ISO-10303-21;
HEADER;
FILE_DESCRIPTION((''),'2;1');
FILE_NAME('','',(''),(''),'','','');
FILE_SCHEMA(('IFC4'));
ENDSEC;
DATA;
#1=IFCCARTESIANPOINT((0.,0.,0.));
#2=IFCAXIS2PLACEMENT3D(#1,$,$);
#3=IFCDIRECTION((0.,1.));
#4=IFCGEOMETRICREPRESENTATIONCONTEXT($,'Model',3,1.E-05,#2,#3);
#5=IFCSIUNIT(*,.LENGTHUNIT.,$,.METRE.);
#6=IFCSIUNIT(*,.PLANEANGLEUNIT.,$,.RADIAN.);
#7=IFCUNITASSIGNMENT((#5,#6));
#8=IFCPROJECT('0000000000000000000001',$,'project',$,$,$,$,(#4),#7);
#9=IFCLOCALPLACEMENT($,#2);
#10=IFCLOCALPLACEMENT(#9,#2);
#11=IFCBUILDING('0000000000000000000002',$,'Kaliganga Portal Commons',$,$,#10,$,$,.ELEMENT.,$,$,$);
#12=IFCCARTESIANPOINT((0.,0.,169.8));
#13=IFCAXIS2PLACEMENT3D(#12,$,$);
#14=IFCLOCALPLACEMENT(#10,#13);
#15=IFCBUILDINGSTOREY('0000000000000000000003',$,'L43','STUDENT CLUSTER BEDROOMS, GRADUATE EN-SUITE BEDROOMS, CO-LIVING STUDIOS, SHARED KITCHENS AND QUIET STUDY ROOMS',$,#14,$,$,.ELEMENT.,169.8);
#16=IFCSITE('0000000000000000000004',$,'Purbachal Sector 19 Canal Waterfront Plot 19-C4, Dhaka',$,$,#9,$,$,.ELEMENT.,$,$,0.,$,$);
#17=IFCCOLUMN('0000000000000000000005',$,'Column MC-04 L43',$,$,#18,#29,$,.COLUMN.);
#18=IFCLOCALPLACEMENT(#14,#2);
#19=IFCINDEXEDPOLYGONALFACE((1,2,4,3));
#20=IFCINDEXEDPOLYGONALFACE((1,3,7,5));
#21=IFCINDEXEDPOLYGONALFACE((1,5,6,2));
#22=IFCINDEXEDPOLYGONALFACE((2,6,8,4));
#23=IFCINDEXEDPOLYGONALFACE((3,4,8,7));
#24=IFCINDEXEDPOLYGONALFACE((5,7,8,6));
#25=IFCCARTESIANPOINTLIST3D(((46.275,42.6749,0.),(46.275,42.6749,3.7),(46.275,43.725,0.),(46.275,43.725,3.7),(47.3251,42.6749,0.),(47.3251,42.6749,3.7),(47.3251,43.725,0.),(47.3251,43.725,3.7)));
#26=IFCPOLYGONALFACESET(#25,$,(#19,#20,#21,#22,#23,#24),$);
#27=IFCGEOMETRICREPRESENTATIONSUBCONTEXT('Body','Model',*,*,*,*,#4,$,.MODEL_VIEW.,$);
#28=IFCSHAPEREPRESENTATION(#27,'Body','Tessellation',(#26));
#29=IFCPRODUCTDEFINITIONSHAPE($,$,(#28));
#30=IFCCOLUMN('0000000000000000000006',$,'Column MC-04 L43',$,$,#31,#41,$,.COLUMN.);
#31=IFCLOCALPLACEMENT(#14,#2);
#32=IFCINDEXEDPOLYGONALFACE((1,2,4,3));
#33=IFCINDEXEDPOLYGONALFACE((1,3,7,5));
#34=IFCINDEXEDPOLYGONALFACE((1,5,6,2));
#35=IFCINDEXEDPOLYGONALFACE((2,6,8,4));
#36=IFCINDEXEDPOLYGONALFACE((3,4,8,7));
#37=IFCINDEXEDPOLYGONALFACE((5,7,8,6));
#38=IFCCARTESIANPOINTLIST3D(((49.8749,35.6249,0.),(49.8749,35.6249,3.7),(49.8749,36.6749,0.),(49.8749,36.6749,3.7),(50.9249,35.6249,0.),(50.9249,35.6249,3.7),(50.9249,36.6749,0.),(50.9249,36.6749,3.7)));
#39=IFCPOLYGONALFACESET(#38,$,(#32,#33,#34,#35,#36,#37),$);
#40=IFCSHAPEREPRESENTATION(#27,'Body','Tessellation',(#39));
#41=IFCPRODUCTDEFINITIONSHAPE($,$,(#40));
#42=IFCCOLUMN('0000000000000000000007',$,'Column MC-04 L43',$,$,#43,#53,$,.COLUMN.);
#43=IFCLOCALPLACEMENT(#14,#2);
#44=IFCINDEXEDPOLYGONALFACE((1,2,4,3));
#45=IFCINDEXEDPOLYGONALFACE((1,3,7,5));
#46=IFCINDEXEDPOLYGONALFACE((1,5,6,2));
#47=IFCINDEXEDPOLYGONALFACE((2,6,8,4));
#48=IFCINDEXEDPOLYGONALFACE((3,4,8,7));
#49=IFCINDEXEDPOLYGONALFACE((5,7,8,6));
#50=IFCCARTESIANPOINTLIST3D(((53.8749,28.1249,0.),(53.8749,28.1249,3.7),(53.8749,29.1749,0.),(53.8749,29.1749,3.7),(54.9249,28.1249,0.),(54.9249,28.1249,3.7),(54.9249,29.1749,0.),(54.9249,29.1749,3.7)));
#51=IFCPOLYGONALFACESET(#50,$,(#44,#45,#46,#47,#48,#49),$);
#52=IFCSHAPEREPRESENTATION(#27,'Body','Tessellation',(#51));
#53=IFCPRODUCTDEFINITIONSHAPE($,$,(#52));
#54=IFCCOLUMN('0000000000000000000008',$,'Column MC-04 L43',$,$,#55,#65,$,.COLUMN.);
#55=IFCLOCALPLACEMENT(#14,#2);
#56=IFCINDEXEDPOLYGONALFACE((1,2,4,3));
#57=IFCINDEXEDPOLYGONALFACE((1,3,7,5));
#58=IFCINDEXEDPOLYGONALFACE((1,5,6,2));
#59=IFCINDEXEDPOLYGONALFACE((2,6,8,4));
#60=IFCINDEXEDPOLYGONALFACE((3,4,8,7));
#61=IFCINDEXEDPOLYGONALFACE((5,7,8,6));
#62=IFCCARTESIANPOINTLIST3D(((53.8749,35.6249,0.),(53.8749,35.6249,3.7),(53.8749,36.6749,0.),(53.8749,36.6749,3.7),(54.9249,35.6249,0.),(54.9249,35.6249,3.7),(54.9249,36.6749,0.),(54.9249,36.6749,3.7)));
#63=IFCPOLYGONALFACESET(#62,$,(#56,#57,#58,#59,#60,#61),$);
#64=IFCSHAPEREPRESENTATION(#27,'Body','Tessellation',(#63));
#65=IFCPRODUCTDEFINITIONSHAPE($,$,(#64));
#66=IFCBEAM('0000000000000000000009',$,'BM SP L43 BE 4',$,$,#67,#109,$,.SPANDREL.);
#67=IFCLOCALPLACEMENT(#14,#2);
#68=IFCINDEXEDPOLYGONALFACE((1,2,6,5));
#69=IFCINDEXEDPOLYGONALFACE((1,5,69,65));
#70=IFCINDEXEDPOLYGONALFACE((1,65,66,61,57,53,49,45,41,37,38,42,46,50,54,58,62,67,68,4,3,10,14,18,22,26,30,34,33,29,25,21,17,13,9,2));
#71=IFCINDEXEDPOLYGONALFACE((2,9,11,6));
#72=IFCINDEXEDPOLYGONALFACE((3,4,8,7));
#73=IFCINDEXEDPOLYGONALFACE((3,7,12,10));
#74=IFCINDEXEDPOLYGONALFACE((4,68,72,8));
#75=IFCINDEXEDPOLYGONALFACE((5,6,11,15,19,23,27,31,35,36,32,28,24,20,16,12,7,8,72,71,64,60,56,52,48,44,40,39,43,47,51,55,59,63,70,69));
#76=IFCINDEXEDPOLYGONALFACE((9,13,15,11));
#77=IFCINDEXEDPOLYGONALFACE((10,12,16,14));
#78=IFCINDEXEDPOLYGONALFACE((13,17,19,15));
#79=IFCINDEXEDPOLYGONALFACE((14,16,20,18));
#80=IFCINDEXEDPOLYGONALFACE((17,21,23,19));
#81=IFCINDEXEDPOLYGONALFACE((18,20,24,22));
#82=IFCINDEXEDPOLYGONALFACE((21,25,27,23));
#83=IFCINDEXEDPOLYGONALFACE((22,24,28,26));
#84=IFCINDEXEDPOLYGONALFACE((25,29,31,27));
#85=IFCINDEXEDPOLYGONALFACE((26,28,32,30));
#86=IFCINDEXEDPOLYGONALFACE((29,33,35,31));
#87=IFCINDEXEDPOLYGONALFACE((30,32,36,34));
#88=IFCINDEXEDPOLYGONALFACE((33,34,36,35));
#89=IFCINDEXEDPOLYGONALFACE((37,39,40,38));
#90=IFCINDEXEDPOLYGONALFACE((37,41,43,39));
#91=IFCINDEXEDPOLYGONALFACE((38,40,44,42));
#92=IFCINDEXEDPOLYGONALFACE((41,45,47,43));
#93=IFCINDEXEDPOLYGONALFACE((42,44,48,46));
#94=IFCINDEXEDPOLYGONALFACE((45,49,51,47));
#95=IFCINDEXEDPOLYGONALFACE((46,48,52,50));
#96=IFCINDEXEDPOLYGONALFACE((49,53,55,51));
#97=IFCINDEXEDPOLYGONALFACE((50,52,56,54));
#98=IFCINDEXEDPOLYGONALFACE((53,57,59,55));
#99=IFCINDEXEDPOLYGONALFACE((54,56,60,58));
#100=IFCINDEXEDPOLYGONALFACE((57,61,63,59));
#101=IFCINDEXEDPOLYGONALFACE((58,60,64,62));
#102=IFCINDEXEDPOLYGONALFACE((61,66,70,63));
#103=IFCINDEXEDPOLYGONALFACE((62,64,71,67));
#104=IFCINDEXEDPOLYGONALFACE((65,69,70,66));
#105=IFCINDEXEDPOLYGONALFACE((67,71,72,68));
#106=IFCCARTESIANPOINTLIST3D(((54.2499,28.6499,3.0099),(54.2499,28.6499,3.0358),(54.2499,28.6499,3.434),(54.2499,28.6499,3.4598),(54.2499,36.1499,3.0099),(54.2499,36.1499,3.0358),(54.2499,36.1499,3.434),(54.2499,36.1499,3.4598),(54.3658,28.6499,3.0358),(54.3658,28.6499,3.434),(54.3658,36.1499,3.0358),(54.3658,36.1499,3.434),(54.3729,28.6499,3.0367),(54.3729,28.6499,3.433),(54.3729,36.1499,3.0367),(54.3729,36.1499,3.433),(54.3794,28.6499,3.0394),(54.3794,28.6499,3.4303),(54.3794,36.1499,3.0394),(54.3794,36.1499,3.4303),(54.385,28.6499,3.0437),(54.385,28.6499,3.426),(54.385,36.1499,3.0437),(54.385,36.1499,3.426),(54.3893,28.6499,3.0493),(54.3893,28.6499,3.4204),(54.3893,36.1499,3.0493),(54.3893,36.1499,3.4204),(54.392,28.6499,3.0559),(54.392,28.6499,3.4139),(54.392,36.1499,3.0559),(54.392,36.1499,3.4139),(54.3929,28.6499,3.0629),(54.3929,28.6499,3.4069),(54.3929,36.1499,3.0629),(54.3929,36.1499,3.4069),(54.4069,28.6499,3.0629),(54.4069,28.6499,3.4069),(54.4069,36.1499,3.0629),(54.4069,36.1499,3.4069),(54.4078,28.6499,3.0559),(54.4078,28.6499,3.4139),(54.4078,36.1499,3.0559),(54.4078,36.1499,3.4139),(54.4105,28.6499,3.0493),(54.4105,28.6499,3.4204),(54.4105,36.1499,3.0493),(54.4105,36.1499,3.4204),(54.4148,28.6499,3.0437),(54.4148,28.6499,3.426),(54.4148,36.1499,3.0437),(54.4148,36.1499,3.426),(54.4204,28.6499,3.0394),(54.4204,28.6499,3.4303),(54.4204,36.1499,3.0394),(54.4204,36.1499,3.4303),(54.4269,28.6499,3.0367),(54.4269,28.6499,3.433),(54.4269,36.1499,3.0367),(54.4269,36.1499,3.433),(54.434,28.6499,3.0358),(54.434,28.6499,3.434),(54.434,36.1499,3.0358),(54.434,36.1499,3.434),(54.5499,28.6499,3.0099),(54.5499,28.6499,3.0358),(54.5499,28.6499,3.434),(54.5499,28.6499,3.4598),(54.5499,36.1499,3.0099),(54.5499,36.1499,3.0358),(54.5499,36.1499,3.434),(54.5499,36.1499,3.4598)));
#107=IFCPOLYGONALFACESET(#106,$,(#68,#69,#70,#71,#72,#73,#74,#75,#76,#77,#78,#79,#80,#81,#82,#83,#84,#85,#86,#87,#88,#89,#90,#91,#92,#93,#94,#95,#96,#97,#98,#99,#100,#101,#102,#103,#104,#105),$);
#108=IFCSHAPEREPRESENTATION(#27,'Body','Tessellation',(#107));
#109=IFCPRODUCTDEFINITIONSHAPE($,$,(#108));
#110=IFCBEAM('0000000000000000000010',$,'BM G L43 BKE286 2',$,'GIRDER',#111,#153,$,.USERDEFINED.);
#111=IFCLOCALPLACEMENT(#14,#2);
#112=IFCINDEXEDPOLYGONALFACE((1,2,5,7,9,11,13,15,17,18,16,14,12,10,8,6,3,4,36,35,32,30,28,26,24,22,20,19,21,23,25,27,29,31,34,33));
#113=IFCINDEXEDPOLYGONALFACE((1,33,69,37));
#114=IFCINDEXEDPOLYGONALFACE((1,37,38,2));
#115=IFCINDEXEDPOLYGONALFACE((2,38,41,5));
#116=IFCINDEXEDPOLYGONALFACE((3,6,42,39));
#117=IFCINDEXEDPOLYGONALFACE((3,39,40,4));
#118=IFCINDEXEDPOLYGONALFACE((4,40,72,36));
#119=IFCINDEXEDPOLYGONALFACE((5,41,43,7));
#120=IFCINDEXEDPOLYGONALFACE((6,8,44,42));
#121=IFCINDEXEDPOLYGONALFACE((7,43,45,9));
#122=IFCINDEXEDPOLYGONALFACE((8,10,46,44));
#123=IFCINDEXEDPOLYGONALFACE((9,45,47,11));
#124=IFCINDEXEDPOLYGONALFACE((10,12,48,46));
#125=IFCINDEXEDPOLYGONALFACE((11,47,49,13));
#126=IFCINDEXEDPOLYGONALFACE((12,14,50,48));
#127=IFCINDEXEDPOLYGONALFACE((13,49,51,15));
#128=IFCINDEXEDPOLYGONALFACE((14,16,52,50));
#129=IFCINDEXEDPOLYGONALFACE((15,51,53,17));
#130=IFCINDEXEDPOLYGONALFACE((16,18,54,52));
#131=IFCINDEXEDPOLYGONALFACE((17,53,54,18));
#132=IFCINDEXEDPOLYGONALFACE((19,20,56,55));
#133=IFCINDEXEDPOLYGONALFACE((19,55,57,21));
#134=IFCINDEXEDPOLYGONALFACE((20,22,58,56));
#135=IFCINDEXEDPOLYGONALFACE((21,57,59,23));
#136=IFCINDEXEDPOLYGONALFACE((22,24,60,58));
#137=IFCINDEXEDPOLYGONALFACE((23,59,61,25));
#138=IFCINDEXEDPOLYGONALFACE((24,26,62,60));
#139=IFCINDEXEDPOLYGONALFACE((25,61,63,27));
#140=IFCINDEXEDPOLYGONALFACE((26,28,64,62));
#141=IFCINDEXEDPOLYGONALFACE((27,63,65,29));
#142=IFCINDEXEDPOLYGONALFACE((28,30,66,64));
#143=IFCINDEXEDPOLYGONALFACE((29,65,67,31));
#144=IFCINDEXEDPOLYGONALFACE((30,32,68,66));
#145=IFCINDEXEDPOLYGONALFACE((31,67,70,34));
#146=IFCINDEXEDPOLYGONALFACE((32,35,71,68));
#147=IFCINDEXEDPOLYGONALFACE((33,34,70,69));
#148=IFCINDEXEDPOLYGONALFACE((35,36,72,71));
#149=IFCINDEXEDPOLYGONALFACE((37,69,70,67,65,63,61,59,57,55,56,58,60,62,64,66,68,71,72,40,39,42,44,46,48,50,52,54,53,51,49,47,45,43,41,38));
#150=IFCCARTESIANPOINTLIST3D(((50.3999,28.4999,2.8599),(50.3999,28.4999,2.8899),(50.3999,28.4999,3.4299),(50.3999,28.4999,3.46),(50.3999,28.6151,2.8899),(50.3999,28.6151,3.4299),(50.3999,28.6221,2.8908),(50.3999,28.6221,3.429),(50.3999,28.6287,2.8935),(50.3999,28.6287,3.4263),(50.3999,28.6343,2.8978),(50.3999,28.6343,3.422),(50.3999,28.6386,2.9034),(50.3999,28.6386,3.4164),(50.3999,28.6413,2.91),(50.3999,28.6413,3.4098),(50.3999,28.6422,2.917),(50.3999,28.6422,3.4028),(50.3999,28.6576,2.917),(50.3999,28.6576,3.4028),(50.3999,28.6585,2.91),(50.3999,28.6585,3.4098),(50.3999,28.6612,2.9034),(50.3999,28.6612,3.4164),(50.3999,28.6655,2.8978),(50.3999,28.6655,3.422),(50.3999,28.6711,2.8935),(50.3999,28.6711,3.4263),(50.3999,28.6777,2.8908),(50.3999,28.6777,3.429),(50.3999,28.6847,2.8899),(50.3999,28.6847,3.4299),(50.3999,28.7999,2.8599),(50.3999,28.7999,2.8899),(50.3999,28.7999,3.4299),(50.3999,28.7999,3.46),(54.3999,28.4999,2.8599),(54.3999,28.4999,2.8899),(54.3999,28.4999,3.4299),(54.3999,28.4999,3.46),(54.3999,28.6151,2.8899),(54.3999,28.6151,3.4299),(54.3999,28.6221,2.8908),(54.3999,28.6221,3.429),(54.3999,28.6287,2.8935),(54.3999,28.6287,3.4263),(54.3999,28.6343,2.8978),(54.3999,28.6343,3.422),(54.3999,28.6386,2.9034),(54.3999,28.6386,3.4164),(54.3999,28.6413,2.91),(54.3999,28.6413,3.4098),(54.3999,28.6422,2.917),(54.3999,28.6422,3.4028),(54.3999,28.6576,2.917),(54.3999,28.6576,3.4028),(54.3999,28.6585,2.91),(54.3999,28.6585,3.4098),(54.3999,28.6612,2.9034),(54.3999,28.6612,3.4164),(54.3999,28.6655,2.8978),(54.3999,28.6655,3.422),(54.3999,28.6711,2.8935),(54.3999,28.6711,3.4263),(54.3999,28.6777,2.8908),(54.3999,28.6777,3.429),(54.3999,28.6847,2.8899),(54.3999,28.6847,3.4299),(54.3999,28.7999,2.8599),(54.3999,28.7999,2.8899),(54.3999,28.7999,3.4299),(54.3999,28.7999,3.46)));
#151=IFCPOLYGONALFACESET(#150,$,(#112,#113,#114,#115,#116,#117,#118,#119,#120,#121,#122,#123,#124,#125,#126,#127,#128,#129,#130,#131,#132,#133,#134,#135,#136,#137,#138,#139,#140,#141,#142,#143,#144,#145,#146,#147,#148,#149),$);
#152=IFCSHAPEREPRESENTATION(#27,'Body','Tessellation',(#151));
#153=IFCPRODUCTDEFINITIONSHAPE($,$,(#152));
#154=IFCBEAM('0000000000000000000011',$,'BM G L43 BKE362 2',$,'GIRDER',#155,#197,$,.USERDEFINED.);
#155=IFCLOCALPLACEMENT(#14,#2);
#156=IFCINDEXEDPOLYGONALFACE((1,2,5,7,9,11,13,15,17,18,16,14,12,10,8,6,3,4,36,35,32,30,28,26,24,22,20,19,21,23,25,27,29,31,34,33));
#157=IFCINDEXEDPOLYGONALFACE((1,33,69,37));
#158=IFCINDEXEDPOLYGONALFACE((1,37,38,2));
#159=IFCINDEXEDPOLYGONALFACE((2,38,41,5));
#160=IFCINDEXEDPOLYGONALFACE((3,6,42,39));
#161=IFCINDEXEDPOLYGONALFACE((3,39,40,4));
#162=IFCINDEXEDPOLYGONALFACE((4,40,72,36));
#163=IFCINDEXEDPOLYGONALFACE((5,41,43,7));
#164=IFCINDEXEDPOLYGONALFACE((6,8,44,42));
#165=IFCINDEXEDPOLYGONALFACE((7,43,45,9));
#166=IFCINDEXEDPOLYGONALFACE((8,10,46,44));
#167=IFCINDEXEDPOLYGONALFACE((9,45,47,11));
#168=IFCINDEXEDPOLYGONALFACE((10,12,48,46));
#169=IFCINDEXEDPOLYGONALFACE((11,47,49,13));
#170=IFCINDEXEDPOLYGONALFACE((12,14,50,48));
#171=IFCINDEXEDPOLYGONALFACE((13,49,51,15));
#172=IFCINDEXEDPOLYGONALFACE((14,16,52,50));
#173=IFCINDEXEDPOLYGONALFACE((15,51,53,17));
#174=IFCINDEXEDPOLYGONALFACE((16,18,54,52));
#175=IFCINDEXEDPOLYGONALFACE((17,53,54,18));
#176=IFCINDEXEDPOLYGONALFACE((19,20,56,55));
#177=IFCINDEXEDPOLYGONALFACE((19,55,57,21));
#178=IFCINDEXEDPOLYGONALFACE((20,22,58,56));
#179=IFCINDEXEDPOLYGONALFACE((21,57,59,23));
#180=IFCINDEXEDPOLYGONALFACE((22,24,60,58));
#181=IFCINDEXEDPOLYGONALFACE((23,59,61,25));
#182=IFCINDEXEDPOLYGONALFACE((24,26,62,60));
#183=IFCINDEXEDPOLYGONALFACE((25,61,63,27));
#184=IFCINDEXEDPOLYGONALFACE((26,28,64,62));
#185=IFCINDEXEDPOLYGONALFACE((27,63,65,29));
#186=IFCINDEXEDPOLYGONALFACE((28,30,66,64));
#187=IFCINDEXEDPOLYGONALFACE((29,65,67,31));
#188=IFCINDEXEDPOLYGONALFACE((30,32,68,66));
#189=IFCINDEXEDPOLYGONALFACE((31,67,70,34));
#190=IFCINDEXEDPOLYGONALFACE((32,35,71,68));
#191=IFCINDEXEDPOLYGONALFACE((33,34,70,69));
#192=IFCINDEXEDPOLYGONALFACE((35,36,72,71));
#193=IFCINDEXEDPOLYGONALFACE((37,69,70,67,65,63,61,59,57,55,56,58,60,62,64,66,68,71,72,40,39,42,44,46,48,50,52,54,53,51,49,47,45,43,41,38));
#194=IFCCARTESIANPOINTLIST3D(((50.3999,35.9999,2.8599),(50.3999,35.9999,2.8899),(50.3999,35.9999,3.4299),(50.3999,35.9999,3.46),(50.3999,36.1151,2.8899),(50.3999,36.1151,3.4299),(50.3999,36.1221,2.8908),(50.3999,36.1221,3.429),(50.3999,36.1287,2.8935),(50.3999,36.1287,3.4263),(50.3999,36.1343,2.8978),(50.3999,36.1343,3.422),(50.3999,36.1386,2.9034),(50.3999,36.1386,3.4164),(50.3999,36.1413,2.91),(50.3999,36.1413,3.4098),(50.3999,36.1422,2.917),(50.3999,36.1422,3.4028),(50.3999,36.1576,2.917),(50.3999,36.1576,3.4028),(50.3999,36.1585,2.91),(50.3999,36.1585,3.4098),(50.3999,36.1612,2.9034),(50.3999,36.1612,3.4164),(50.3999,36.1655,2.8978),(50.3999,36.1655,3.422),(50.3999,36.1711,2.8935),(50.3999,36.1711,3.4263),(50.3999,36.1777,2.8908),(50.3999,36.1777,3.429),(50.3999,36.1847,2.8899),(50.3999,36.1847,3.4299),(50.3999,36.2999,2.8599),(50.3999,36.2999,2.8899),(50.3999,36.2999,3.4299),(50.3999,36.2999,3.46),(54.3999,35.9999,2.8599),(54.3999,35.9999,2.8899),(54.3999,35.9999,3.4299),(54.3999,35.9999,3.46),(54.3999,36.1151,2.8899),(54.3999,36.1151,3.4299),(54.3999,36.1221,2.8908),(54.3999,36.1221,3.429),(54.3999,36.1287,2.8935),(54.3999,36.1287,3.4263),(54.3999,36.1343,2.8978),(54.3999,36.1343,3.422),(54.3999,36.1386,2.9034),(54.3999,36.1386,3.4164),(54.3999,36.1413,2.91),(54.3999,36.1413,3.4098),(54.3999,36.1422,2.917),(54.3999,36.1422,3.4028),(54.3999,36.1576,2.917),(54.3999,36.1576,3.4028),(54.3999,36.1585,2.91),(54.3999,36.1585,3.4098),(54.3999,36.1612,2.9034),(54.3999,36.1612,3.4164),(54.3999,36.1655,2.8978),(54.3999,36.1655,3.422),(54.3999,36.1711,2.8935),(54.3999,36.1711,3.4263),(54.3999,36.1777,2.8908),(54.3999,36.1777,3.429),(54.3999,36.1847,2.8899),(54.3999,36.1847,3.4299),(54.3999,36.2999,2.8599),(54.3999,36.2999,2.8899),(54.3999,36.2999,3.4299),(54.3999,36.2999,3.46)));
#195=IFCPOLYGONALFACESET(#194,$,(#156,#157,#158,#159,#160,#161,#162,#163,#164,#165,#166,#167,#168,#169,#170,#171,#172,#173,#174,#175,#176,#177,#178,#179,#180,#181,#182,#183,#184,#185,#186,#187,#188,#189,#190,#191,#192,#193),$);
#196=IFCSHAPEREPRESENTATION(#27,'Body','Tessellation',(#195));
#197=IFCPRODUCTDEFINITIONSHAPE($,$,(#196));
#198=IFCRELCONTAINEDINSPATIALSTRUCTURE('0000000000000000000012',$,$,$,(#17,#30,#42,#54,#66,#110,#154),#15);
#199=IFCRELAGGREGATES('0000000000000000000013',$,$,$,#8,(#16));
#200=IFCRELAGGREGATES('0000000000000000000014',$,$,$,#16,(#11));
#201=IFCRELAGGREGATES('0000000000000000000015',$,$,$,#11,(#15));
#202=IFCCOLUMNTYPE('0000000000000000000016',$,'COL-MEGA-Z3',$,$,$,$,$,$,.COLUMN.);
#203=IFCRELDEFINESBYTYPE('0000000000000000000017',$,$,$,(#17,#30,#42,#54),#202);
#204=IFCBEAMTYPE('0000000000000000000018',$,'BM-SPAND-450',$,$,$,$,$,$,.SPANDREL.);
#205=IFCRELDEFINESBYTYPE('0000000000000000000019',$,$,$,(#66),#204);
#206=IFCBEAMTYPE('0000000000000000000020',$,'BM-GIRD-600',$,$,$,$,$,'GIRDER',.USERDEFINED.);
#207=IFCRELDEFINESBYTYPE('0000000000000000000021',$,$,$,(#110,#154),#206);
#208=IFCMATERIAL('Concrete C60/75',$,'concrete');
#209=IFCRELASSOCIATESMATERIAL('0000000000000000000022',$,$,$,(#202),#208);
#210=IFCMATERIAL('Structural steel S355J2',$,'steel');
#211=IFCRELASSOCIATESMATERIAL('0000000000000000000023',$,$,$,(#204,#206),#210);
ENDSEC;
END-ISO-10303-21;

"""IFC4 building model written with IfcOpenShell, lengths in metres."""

from ifc_helpers import new_model, si_unit, direction, frame, origin, origin_2d, place, context, subcontext, project, spatial, rectangle, i_section, extrude, source, transform, mapped, material, material_profile, profile_set, type_object, element, save


model = new_model("IFC4")

# Units and contexts
model_context = context("Model", 3, precision=1e-05, world=origin(), true_north=direction((0.0, 1.0)))
body_context = subcontext(model_context, "Body", "Model", "MODEL_VIEW")
ifc_project = project(units=[si_unit("LENGTHUNIT", "METRE"), si_unit("PLANEANGLEUNIT", "RADIAN")], contexts=[model_context])

# Site, building, storey
site_placement = place(None, origin())
site = spatial("IfcSite", under=ifc_project, at=site_placement, Name="Purbachal Sector 19 Canal Waterfront Plot 19-C4, Dhaka", CompositionType="ELEMENT", RefElevation=0.0)
building_placement = place(site_placement, origin())
building = spatial("IfcBuilding", under=site, at=building_placement, Name="Kaliganga Portal Commons", CompositionType="ELEMENT")
storey_placement = place(building_placement, frame((0.0, 0.0, 169.8)))
storey = spatial("IfcBuildingStorey", under=building, at=storey_placement, Name="L43", Description="STUDENT CLUSTER BEDROOMS, GRADUATE EN-SUITE BEDROOMS, CO-LIVING STUDIOS, SHARED KITCHENS AND QUIET STUDY ROOMS", CompositionType="ELEMENT", Elevation=169.8)

# Columns
ifc_material_1 = material(Name="Concrete C60/75", Category="concrete")
ifc_material_profile_1 = material_profile(ifc_material_1, rectangle(XDim=1.05, YDim=1.05, at=origin_2d()), Name="RC 1050x1050")
ifc_profile_set_1 = profile_set([ifc_material_profile_1], Name="Concrete C60/75")
column_type = type_object("IfcColumnType", Name="COL-MEGA-Z3", PredefinedType="COLUMN", material=ifc_profile_set_1)
shared_shape_1 = source(origin(), body_context, "Body", "SweptSolid", [
    extrude(rectangle(XDim=1.05, YDim=1.05, at=origin_2d()), origin(), (0.0, 0.0, 1.0), 3.7),
])
for number, where, z_axis, x_axis, name in (
    (1, (46.8, 43.2, 0.0), (0.0, 0.0, 1.0), (1.0, 0.0, 0.0), "Column MC-04 L43"),
    (2, (50.3999, 36.1499, 0.0), (0.0, 0.0, 1.0), (1.0, 0.0, 0.0), "Column MC-04 L43"),
    (3, (54.3999, 28.6499, 0.0), (0.0, 0.0, 1.0), (1.0, 0.0, 0.0), "Column MC-04 L43"),
    (4, (54.3999, 36.1499, 0.0), (0.0, 0.0, 1.0), (1.0, 0.0, 0.0), "Column MC-04 L43"),
):
    element("IfcColumn", number, at=place(storey_placement, frame(where, z_axis=z_axis, x_axis=x_axis)), inside=storey, type_object=column_type, Name=name, PredefinedType="COLUMN", context=body_context, shape_type="MappedRepresentation", body=[
        mapped(shared_shape_1, transform((0.0, 0.0, 0.0), x_axis=(1.0, 0.0, 0.0), y_axis=(0.0, 1.0, 0.0), z_axis=(0.0, 0.0, 1.0), scale=1.0)),
    ])

# Beams
ifc_material_2 = material(Name="Structural steel S355J2", Category="steel")
ifc_material_profile_2 = material_profile(ifc_material_2, i_section(OverallWidth=0.3, OverallDepth=0.45, WebThickness=0.0139, FlangeThickness=0.0259, FilletRadius=0.0271, at=origin_2d()), Name="HE 450 B")
ifc_profile_set_2 = profile_set([ifc_material_profile_2], Name="Structural steel S355J2 wide-flange")
beam_type_1 = type_object("IfcBeamType", Name="BM-SPAND-450", PredefinedType="SPANDREL", material=ifc_profile_set_2)
shared_shape_2 = source(origin(), body_context, "Body", "SweptSolid", [
    extrude(i_section(OverallWidth=0.3, OverallDepth=0.45, WebThickness=0.0139, FlangeThickness=0.0259, FilletRadius=0.0271, at=origin_2d()), origin(), (0.0, 0.0, 1.0), 7.5),
])
beam_placement = place(storey_placement, frame((54.3999, 28.6499, 3.2349), z_axis=(0.0, 1.0, 0.0), x_axis=(-1.0, 0.0, 0.0)))
element("IfcBeam", 5, at=beam_placement, inside=storey, type_object=beam_type_1, Name="BM SP L43 BE 4", PredefinedType="SPANDREL", context=body_context, shape_type="MappedRepresentation", body=[
    mapped(shared_shape_2, transform((0.0, 0.0, 0.0), x_axis=(1.0, 0.0, 0.0), y_axis=(0.0, 1.0, 0.0), z_axis=(0.0, 0.0, 1.0), scale=1.0)),
])
ifc_material_profile_3 = material_profile(ifc_material_2, i_section(OverallWidth=0.3, OverallDepth=0.6001, WebThickness=0.0154, FlangeThickness=0.03, FilletRadius=0.0271, at=origin_2d()), Name="HE 600 B")
ifc_profile_set_3 = profile_set([ifc_material_profile_3], Name="Structural steel S355J2 wide-flange")
beam_type_2 = type_object("IfcBeamType", Name="BM-GIRD-600", ElementType="GIRDER", PredefinedType="USERDEFINED", material=ifc_profile_set_3)
shared_shape_3 = source(origin(), body_context, "Body", "SweptSolid", [
    extrude(i_section(OverallWidth=0.3, OverallDepth=0.6001, WebThickness=0.0154, FlangeThickness=0.03, FilletRadius=0.0271, at=origin_2d()), origin(), (0.0, 0.0, 1.0), 4.0),
])
for number, where, z_axis, x_axis, name in (
    (6, (50.3999, 28.6499, 3.1599), (1.0, 0.0, 0.0), (0.0, 1.0, 0.0), "BM G L43 BKE286 2"),
    (7, (50.3999, 36.1499, 3.1599), (1.0, 0.0, 0.0), (0.0, 1.0, 0.0), "BM G L43 BKE362 2"),
):
    element("IfcBeam", number, at=place(storey_placement, frame(where, z_axis=z_axis, x_axis=x_axis)), inside=storey, type_object=beam_type_2, Name=name, ObjectType="GIRDER", PredefinedType="USERDEFINED", context=body_context, shape_type="MappedRepresentation", body=[
        mapped(shared_shape_3, transform((0.0, 0.0, 0.0), x_axis=(1.0, 0.0, 0.0), y_axis=(0.0, 1.0, 0.0), z_axis=(0.0, 0.0, 1.0), scale=1.0)),
    ])

save(model, "model.ifc")
